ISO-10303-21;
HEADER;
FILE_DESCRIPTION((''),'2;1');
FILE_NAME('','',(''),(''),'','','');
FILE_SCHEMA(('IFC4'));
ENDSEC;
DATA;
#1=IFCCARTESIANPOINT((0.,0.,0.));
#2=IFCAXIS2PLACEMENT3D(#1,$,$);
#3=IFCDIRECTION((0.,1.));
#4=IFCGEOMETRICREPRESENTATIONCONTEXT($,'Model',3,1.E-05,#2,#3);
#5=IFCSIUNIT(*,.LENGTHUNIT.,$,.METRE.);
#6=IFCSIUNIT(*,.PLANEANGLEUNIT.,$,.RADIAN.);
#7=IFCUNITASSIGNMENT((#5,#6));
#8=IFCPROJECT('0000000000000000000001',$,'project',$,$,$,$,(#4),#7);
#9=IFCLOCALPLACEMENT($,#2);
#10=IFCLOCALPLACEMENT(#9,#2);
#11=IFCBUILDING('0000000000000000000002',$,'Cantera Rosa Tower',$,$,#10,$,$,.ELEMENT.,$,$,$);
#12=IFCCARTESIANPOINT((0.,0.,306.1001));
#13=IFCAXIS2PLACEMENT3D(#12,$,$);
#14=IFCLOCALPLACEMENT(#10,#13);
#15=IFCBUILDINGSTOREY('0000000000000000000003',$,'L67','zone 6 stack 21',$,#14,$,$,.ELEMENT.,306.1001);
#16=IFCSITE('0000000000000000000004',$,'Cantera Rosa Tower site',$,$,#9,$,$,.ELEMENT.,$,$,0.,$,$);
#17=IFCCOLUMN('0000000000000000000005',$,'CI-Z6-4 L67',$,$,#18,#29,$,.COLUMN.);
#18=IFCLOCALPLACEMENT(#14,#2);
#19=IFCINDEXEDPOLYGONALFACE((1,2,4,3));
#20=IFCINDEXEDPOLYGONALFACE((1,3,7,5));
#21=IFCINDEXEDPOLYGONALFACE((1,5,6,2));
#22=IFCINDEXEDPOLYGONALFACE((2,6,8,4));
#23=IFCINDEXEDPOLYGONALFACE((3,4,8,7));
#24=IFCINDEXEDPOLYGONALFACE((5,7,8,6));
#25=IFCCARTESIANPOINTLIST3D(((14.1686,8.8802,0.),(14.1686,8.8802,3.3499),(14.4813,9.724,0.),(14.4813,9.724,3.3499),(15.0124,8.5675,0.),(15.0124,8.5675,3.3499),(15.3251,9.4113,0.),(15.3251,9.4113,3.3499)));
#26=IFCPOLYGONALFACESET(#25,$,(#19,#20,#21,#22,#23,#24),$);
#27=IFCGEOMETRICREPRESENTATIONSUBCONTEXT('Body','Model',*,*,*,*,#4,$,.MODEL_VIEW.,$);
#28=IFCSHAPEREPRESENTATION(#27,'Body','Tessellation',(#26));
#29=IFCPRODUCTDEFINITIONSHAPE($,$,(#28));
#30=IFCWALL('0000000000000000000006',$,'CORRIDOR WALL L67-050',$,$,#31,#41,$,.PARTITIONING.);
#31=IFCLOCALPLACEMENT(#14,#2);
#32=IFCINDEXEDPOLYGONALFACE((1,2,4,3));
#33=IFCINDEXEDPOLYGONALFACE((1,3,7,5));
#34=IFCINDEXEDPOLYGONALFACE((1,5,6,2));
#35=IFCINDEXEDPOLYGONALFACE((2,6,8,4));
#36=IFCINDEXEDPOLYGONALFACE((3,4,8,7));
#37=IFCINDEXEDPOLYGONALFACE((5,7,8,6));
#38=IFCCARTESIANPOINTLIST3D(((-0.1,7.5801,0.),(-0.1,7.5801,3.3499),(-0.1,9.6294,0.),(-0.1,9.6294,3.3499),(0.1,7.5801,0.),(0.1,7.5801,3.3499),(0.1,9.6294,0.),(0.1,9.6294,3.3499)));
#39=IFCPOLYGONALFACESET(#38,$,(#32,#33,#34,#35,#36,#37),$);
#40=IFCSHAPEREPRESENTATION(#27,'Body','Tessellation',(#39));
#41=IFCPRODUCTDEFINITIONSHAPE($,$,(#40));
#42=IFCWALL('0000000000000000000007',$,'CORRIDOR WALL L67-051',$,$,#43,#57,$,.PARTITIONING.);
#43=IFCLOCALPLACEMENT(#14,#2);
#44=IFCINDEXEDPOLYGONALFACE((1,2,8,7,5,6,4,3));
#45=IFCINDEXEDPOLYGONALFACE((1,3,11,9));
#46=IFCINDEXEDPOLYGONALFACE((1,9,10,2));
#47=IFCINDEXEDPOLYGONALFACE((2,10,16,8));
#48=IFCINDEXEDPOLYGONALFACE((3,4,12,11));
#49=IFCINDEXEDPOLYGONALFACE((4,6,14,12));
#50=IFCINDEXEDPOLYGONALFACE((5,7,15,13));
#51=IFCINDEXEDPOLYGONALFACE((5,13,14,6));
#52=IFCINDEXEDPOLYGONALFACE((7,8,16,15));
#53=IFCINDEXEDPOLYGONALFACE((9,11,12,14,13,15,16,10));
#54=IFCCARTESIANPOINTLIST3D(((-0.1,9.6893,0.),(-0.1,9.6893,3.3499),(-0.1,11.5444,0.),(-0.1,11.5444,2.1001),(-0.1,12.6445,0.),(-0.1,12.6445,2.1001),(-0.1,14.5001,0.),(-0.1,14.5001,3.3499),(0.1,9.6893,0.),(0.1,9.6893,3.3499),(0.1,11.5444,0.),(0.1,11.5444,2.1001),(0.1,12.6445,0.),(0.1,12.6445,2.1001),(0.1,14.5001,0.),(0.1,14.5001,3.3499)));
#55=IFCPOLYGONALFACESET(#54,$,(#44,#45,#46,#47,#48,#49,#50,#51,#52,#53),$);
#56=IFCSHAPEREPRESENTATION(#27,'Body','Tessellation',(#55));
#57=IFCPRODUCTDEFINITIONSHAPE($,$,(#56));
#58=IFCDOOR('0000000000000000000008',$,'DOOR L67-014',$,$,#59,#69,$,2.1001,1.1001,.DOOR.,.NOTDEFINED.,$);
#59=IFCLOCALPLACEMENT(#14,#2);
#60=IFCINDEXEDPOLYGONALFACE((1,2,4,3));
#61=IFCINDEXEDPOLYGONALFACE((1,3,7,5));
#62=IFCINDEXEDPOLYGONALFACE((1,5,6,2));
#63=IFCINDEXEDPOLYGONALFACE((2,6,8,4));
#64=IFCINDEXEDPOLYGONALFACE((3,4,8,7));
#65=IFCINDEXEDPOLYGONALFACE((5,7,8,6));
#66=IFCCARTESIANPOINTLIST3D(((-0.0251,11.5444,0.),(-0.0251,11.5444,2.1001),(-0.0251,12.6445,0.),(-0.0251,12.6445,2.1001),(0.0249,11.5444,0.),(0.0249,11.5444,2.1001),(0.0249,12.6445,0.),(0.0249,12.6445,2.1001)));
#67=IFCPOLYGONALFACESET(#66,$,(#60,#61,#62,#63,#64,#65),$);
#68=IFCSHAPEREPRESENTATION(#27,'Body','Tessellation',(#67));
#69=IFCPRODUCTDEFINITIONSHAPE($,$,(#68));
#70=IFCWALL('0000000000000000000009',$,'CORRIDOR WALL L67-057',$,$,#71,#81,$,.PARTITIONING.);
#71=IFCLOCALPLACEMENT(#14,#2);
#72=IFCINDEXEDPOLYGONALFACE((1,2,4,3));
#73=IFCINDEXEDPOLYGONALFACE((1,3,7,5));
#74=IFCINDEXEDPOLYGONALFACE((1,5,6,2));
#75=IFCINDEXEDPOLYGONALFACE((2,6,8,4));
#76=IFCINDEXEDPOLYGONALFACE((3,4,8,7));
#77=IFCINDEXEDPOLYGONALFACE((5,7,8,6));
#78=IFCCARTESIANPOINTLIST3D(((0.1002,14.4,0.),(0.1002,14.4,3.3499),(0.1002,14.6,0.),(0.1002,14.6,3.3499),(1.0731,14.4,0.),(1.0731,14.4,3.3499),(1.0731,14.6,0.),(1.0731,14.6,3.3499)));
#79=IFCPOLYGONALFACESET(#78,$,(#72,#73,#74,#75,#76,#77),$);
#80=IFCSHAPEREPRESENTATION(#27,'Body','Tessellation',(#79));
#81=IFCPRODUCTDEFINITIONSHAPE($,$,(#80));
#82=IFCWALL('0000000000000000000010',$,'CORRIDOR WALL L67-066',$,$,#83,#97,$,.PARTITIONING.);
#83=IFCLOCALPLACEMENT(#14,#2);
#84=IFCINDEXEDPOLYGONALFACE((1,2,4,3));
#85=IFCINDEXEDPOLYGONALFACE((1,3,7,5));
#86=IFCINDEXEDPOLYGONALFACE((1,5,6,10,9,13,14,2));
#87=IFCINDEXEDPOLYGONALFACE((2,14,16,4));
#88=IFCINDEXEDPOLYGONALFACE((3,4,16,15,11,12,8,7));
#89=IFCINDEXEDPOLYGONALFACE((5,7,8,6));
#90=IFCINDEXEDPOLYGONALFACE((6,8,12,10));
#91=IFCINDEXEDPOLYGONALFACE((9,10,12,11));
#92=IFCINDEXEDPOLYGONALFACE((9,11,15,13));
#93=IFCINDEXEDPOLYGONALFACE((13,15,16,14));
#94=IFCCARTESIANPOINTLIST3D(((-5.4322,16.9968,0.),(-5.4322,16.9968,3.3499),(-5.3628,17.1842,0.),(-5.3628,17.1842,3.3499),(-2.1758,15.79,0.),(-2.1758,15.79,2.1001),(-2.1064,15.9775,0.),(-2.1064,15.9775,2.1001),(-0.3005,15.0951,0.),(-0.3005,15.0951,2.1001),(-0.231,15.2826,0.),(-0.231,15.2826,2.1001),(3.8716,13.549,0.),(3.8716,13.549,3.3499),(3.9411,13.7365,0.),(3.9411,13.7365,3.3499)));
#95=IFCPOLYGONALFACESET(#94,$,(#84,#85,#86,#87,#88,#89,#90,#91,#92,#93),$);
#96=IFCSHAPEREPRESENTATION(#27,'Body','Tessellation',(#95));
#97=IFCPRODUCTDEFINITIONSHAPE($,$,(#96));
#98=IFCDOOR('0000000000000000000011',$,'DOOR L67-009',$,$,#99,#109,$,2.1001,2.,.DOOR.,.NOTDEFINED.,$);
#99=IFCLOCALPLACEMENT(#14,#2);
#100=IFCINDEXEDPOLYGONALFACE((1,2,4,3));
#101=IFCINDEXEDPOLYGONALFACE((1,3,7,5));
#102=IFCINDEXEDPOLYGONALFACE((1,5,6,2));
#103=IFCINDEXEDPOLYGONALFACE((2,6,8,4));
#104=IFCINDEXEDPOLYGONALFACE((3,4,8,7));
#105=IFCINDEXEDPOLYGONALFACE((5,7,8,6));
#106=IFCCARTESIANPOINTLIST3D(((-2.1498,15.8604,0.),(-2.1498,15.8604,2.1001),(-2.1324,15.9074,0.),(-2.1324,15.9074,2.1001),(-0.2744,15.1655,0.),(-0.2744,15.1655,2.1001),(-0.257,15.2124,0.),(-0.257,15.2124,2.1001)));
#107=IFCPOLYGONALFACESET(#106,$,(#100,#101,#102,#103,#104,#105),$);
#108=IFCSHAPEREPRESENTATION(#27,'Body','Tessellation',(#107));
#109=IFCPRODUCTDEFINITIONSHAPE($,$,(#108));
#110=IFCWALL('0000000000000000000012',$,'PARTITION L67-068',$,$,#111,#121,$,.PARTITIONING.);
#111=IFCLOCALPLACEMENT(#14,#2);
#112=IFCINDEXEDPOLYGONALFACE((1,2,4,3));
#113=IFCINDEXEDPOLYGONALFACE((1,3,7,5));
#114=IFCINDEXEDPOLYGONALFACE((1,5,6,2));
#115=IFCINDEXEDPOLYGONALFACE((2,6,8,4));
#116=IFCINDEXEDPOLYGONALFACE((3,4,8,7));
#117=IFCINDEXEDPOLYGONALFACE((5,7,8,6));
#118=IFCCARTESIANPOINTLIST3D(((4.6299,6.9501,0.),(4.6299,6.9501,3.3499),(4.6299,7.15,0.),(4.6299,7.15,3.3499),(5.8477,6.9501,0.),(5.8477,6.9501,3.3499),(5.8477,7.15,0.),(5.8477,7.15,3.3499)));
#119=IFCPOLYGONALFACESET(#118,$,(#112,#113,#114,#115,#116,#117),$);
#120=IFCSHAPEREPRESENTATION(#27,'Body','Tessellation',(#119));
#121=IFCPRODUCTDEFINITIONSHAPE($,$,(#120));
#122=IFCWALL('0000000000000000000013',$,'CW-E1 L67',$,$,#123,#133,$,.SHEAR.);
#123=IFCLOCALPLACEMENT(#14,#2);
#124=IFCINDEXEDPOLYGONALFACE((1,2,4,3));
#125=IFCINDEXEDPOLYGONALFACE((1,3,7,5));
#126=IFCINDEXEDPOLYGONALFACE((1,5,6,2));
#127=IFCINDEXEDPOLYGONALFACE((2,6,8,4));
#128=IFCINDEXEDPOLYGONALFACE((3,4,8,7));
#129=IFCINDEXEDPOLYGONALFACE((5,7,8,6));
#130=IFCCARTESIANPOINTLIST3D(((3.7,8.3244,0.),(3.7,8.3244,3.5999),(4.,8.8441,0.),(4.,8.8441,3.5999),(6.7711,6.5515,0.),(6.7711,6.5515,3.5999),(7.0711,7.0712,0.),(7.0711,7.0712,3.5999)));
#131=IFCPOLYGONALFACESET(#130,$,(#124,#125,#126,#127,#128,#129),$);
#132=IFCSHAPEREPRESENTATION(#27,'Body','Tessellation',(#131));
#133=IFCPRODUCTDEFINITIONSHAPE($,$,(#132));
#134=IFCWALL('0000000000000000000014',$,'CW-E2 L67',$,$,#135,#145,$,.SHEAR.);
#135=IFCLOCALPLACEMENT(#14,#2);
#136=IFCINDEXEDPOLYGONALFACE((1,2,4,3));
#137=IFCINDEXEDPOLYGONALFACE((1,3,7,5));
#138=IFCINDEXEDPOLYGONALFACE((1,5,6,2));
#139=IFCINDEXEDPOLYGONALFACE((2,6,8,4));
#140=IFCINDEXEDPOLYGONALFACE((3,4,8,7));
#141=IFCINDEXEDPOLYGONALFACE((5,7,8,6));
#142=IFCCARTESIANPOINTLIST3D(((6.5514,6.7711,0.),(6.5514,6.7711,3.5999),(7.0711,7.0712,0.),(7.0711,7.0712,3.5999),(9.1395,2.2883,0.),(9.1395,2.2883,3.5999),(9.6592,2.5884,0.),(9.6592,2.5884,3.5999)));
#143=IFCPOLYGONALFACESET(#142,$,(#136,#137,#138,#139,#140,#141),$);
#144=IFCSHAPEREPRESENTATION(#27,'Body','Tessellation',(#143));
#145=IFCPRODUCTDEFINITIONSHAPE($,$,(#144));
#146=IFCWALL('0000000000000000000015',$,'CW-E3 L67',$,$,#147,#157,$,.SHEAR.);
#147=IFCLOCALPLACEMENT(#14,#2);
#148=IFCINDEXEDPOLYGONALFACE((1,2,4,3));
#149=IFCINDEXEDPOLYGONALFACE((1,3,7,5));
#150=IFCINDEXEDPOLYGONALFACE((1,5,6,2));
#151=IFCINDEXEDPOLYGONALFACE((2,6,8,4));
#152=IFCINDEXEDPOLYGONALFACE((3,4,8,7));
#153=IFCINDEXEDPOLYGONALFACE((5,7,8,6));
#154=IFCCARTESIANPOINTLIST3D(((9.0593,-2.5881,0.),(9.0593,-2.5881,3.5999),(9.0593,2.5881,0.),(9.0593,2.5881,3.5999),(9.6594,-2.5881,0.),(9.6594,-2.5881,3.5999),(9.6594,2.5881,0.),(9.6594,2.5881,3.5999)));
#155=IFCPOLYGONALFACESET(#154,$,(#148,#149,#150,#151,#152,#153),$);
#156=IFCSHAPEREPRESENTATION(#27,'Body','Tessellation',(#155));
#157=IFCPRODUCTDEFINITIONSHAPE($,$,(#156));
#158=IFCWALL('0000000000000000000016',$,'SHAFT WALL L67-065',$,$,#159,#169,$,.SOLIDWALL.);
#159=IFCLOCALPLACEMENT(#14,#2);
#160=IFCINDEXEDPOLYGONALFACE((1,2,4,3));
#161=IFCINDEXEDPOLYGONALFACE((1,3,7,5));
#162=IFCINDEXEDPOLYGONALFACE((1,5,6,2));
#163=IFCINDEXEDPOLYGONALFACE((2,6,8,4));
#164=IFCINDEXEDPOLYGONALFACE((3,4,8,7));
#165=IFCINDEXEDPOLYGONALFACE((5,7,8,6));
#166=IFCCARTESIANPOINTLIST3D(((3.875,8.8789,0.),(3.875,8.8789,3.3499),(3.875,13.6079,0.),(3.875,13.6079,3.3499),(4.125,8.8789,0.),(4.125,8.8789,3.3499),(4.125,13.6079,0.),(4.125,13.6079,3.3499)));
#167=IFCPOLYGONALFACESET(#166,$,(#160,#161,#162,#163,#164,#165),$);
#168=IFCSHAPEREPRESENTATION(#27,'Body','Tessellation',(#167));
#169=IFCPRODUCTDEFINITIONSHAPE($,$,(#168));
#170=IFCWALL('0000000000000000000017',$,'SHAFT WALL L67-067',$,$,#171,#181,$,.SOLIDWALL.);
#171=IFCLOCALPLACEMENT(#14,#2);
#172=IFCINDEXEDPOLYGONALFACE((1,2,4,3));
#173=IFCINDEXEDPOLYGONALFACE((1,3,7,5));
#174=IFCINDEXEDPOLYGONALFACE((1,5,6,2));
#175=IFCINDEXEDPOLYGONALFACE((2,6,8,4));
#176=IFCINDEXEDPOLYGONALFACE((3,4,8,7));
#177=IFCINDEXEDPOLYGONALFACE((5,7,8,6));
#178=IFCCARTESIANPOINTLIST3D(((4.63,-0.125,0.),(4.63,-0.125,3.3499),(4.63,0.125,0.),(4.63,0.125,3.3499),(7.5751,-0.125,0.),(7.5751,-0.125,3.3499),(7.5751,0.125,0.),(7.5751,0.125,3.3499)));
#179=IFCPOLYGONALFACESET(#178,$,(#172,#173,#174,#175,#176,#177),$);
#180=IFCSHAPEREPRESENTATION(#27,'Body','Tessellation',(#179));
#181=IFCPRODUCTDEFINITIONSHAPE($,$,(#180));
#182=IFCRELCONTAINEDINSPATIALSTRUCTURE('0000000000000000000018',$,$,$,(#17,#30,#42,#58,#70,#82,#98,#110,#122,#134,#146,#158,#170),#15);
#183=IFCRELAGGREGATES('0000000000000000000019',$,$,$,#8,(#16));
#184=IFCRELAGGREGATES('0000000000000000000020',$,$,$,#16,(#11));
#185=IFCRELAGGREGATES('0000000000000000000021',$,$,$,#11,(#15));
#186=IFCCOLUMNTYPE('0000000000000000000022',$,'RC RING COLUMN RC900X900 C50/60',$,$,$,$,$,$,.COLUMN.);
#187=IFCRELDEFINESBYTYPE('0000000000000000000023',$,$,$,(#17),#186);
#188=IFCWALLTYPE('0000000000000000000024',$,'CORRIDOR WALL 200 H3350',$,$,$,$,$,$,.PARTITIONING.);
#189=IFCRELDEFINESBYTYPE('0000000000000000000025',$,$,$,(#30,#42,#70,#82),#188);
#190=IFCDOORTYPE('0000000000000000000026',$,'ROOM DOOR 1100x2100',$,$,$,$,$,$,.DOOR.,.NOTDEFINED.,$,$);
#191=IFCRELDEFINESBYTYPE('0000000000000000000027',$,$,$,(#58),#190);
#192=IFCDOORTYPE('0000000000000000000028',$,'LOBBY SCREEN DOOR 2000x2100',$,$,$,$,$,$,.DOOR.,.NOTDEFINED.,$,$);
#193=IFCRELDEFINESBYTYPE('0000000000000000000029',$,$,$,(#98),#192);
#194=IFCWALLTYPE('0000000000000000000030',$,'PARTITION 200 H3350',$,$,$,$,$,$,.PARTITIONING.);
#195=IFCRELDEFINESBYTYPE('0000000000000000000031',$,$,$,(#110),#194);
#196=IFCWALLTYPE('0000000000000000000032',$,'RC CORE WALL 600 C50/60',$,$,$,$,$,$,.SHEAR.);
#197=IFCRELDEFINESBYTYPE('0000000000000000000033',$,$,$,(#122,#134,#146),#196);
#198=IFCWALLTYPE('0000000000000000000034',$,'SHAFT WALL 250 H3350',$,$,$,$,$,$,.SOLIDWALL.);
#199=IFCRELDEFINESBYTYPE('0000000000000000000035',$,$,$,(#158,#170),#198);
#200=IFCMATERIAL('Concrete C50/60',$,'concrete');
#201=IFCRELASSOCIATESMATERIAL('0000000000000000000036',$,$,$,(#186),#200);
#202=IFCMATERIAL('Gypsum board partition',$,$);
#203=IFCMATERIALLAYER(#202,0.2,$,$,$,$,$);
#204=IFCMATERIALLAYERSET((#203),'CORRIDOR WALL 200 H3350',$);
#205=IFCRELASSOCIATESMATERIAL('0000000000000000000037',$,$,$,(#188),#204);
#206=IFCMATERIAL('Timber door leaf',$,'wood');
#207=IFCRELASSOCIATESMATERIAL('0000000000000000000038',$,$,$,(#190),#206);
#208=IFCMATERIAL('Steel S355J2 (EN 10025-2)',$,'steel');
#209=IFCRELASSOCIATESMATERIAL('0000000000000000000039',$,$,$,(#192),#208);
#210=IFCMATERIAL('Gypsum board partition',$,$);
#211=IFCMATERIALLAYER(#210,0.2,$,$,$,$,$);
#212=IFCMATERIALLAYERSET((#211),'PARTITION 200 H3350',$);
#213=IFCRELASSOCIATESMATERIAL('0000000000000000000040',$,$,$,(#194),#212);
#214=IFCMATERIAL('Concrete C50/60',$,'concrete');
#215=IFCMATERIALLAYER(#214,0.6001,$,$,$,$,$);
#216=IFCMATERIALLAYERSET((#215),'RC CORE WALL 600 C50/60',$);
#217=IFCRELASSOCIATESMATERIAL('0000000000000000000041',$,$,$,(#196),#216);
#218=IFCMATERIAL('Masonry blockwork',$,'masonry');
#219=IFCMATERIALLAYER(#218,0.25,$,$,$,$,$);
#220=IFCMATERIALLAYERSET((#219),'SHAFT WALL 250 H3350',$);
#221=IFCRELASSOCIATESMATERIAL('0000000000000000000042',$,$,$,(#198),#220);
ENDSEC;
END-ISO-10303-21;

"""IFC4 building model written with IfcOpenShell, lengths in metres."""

from ifc_helpers import new_model, si_unit, direction, frame, frame_2d, origin, origin_2d, place, context, subcontext, project, spatial, rectangle, extrude, material, layer, layer_set, material_profile, profile_set, type_object, element, fill, save


model = new_model("IFC4")

# Units and contexts
model_context = context("Model", 3, precision=1e-05, world=origin(), true_north=direction((0.0, 1.0)))
body_context = subcontext(model_context, "Body", "Model", "MODEL_VIEW")
ifc_project = project(units=[si_unit("LENGTHUNIT", "METRE"), si_unit("PLANEANGLEUNIT", "RADIAN")], contexts=[model_context])

# Site, building, storey
site_placement = place(None, origin())
site = spatial("IfcSite", under=ifc_project, at=site_placement, Name="Cantera Rosa Tower site", CompositionType="ELEMENT", RefElevation=0.0)
building_placement = place(site_placement, origin())
building = spatial("IfcBuilding", under=site, at=building_placement, Name="Cantera Rosa Tower", CompositionType="ELEMENT")
storey_placement = place(building_placement, frame((0.0, 0.0, 306.1001)))
storey = spatial("IfcBuildingStorey", under=building, at=storey_placement, Name="L67", Description="zone 6 stack 21", CompositionType="ELEMENT", Elevation=306.1001)

# Column
ifc_material_1 = material(Name="Concrete C50/60", Category="concrete")
ifc_material_profile = material_profile(ifc_material_1, rectangle(XDim=0.8999, YDim=0.8999, at=origin_2d()), Name="RC RING COLUMN RC900X900 C50/60")
ifc_profile_set = profile_set([ifc_material_profile], Name="Concrete C50/60")
column_type = type_object("IfcColumnType", Name="RC RING COLUMN RC900X900 C50/60", PredefinedType="COLUMN", material=ifc_profile_set)
column_placement = place(storey_placement, frame((14.7468, 9.1458, 0.0), z_axis=(0.0, 0.0, 1.0), x_axis=(0.347481, 0.937687, 0.0)))
element("IfcColumn", 1, at=column_placement, inside=storey, type_object=column_type, Name="CI-Z6-4 L67", PredefinedType="COLUMN", context=body_context, shape_type="SweptSolid", body=[
    extrude(rectangle(XDim=0.8999, YDim=0.8999, at=origin_2d()), origin(), (0.0, 0.0, 1.0), 3.3499),
])

# Wall
ifc_material_2 = material(Name="Gypsum board partition")
ifc_layer_1 = layer(ifc_material_2, 0.2)
ifc_layer_set_1 = layer_set([ifc_layer_1], Name="CORRIDOR WALL 200 H3350")
wall_type_1 = type_object("IfcWallType", Name="CORRIDOR WALL 200 H3350", PredefinedType="PARTITIONING", material=ifc_layer_set_1)
wall_1_placement = place(storey_placement, frame((0.0, 9.6294, 0.0), z_axis=(0.0, 0.0, 1.0), x_axis=(0.0, -1.0, 0.0)))
element("IfcWall", 2, at=wall_1_placement, inside=storey, type_object=wall_type_1, Name="CORRIDOR WALL L67-050", PredefinedType="PARTITIONING", context=body_context, shape_type="SweptSolid", body=[
    extrude(rectangle(XDim=2.0493, YDim=0.2, at=frame_2d((1.0247, 0.0))), origin(), (0.0, 0.0, 1.0), 3.3499),
])

# Wall, opening, door
wall_2_placement = place(storey_placement, frame((0.0, 14.5, 0.0), z_axis=(0.0, 0.0, 1.0), x_axis=(0.0, -1.0, 0.0)))
wall_2 = element("IfcWall", 3, at=wall_2_placement, inside=storey, type_object=wall_type_1, Name="CORRIDOR WALL L67-051", PredefinedType="PARTITIONING", context=body_context, shape_type="SweptSolid", body=[
    extrude(rectangle(XDim=4.8108, YDim=0.2, at=frame_2d((2.4053, 0.0))), origin(), (0.0, 0.0, 1.0), 3.3499),
])
opening_1_placement = place(wall_2_placement, frame((1.8555, 0.0, 0.0)))
opening_1 = element("IfcOpeningElement", 4, at=opening_1_placement, cuts=wall_2, PredefinedType="OPENING", context=body_context, shape_type="SweptSolid", body=[
    extrude(rectangle(XDim=1.1001, YDim=2.1001, at=frame_2d((0.55, 1.05))), frame((0.0, 0.1099, 0.0), z_axis=(0.0, -1.0, 0.0), x_axis=(1.0, 0.0, 0.0)), (0.0, 0.0, 1.0), 0.22),
])
ifc_material_3 = material(Name="Timber door leaf", Category="wood")
door_type_1 = type_object("IfcDoorType", Name="ROOM DOOR 1100x2100", OperationType="NOTDEFINED", PredefinedType="DOOR", material=ifc_material_3)
door_1_placement = place(opening_1_placement, origin())
door_1 = element("IfcDoor", 5, at=door_1_placement, inside=storey, type_object=door_type_1, Name="DOOR L67-014", OperationType="NOTDEFINED", OverallHeight=2.1001, OverallWidth=1.1001, PredefinedType="DOOR", context=body_context, shape_type="SweptSolid", body=[
    extrude(rectangle(XDim=1.1001, YDim=2.1001, at=frame_2d((0.55, 1.05))), frame((0.0, 0.0249, 0.0), z_axis=(0.0, -1.0, 0.0), x_axis=(1.0, 0.0, 0.0)), (0.0, 0.0, 1.0), 0.05),
])
fill(opening_1, door_1)

# Wall
wall_3_placement = place(storey_placement, frame((1.073, 14.5, 0.0), z_axis=(0.0, 0.0, 1.0), x_axis=(-1.0, 0.0, 0.0)))
element("IfcWall", 6, at=wall_3_placement, inside=storey, type_object=wall_type_1, Name="CORRIDOR WALL L67-057", PredefinedType="PARTITIONING", context=body_context, shape_type="SweptSolid", body=[
    extrude(rectangle(XDim=0.9729, YDim=0.2, at=frame_2d((0.4863, 0.0))), origin(), (0.0, 0.0, 1.0), 3.3499),
])

# Wall, opening, door
wall_4_placement = place(storey_placement, frame((3.9062, 13.6428, 0.0), z_axis=(0.0, 0.0, 1.0), x_axis=(-0.937688, 0.347478, 0.0)))
wall_4 = element("IfcWall", 7, at=wall_4_placement, inside=storey, type_object=wall_type_1, Name="CORRIDOR WALL L67-066", PredefinedType="PARTITIONING", context=body_context, shape_type="SweptSolid", body=[
    extrude(rectangle(XDim=9.9221, YDim=0.2, at=frame_2d((4.9609, 0.0))), origin(), (0.0, 0.0, 1.0), 3.3499),
])
opening_2_placement = place(wall_4_placement, frame((4.4492, 0.0, 0.0)))
opening_2 = element("IfcOpeningElement", 8, at=opening_2_placement, cuts=wall_4, PredefinedType="OPENING", context=body_context, shape_type="SweptSolid", body=[
    extrude(rectangle(XDim=2.0, YDim=2.1001, at=frame_2d((1.0, 1.05))), frame((0.0, 0.1099, 0.0), z_axis=(0.0, -1.0, 0.0), x_axis=(1.0, 0.0, 0.0)), (0.0, 0.0, 1.0), 0.22),
])
ifc_material_4 = material(Name="Steel S355J2 (EN 10025-2)", Category="steel")
door_type_2 = type_object("IfcDoorType", Name="LOBBY SCREEN DOOR 2000x2100", OperationType="NOTDEFINED", PredefinedType="DOOR", material=ifc_material_4)
door_2_placement = place(opening_2_placement, origin())
door_2 = element("IfcDoor", 9, at=door_2_placement, inside=storey, type_object=door_type_2, Name="DOOR L67-009", OperationType="NOTDEFINED", OverallHeight=2.1001, OverallWidth=2.0, PredefinedType="DOOR", context=body_context, shape_type="SweptSolid", body=[
    extrude(rectangle(XDim=2.0, YDim=2.1001, at=frame_2d((1.0, 1.05))), frame((0.0, 0.0249, 0.0), z_axis=(0.0, -1.0, 0.0), x_axis=(1.0, 0.0, 0.0)), (0.0, 0.0, 1.0), 0.05),
])
fill(opening_2, door_2)

# Walls
ifc_material_5 = material(Name="Gypsum board partition")
ifc_layer_2 = layer(ifc_material_5, 0.2)
ifc_layer_set_2 = layer_set([ifc_layer_2], Name="PARTITION 200 H3350")
wall_type_2 = type_object("IfcWallType", Name="PARTITION 200 H3350", PredefinedType="PARTITIONING", material=ifc_layer_set_2)
wall_5_placement = place(storey_placement, frame((4.6299, 7.05, 0.0), z_axis=(0.0, 0.0, 1.0), x_axis=(1.0, 0.0, 0.0)))
element("IfcWall", 10, at=wall_5_placement, inside=storey, type_object=wall_type_2, Name="PARTITION L67-068", PredefinedType="PARTITIONING", context=body_context, shape_type="SweptSolid", body=[
    extrude(rectangle(XDim=1.2178, YDim=0.2, at=frame_2d((0.6089, 0.0))), origin(), (0.0, 0.0, 1.0), 3.3499),
])
ifc_material_6 = material(Name="Concrete C50/60", Category="concrete")
ifc_layer_3 = layer(ifc_material_6, 0.6001)
ifc_layer_set_3 = layer_set([ifc_layer_3], Name="RC CORE WALL 600 C50/60")
wall_type_3 = type_object("IfcWallType", Name="RC CORE WALL 600 C50/60", PredefinedType="SHEAR", material=ifc_layer_set_3)
wall_6_placement = place(storey_placement, frame((3.8501, 8.5842, 0.0), z_axis=(0.0, 0.0, 1.0), x_axis=(0.86604, -0.499975, 0.0)))
element("IfcWall", 11, at=wall_6_placement, inside=storey, type_object=wall_type_3, Name="CW-E1 L67", PredefinedType="SHEAR", context=body_context, shape_type="SweptSolid", body=[
    extrude(rectangle(XDim=3.5461, YDim=0.6001, at=frame_2d((1.7729, 0.0))), origin(), (0.0, 0.0, 1.0), 3.5999),
])
for number, where, z_axis, x_axis, name in (
    (12, (6.8113, 6.9211, 0.0), (0.0, 0.0, 1.0), (0.499989, -0.866032, 0.0), "CW-E2 L67"),
    (13, (9.3594, 2.5881, 0.0), (0.0, 0.0, 1.0), (0.0, -1.0, 0.0), "CW-E3 L67"),
):
    element("IfcWall", number, at=place(storey_placement, frame(where, z_axis=z_axis, x_axis=x_axis)), inside=storey, type_object=wall_type_3, Name=name, PredefinedType="SHEAR", context=body_context, shape_type="SweptSolid", body=[
        extrude(rectangle(XDim=5.1763, YDim=0.6001, at=frame_2d((2.5881, 0.0))), origin(), (0.0, 0.0, 1.0), 3.5999),
    ])
ifc_material_7 = material(Name="Masonry blockwork", Category="masonry")
ifc_layer_4 = layer(ifc_material_7, 0.25)
ifc_layer_set_4 = layer_set([ifc_layer_4], Name="SHAFT WALL 250 H3350")
wall_type_4 = type_object("IfcWallType", Name="SHAFT WALL 250 H3350", PredefinedType="SOLIDWALL", material=ifc_layer_set_4)
wall_7_placement = place(storey_placement, frame((4.0, 8.8789, 0.0), z_axis=(0.0, 0.0, 1.0), x_axis=(0.0, 1.0, 0.0)))
element("IfcWall", 14, at=wall_7_placement, inside=storey, type_object=wall_type_4, Name="SHAFT WALL L67-065", PredefinedType="SOLIDWALL", context=body_context, shape_type="SweptSolid", body=[
    extrude(rectangle(XDim=4.729, YDim=0.25, at=frame_2d((2.3645, 0.0))), origin(), (0.0, 0.0, 1.0), 3.3499),
])
wall_8_placement = place(storey_placement, frame((4.6299, 0.0, 0.0), z_axis=(0.0, 0.0, 1.0), x_axis=(1.0, 0.0, 0.0)))
element("IfcWall", 15, at=wall_8_placement, inside=storey, type_object=wall_type_4, Name="SHAFT WALL L67-067", PredefinedType="SOLIDWALL", context=body_context, shape_type="SweptSolid", body=[
    extrude(rectangle(XDim=2.9451, YDim=0.25, at=frame_2d((1.4727, 0.0))), origin(), (0.0, 0.0, 1.0), 3.3499),
])

save(model, "model.ifc")
